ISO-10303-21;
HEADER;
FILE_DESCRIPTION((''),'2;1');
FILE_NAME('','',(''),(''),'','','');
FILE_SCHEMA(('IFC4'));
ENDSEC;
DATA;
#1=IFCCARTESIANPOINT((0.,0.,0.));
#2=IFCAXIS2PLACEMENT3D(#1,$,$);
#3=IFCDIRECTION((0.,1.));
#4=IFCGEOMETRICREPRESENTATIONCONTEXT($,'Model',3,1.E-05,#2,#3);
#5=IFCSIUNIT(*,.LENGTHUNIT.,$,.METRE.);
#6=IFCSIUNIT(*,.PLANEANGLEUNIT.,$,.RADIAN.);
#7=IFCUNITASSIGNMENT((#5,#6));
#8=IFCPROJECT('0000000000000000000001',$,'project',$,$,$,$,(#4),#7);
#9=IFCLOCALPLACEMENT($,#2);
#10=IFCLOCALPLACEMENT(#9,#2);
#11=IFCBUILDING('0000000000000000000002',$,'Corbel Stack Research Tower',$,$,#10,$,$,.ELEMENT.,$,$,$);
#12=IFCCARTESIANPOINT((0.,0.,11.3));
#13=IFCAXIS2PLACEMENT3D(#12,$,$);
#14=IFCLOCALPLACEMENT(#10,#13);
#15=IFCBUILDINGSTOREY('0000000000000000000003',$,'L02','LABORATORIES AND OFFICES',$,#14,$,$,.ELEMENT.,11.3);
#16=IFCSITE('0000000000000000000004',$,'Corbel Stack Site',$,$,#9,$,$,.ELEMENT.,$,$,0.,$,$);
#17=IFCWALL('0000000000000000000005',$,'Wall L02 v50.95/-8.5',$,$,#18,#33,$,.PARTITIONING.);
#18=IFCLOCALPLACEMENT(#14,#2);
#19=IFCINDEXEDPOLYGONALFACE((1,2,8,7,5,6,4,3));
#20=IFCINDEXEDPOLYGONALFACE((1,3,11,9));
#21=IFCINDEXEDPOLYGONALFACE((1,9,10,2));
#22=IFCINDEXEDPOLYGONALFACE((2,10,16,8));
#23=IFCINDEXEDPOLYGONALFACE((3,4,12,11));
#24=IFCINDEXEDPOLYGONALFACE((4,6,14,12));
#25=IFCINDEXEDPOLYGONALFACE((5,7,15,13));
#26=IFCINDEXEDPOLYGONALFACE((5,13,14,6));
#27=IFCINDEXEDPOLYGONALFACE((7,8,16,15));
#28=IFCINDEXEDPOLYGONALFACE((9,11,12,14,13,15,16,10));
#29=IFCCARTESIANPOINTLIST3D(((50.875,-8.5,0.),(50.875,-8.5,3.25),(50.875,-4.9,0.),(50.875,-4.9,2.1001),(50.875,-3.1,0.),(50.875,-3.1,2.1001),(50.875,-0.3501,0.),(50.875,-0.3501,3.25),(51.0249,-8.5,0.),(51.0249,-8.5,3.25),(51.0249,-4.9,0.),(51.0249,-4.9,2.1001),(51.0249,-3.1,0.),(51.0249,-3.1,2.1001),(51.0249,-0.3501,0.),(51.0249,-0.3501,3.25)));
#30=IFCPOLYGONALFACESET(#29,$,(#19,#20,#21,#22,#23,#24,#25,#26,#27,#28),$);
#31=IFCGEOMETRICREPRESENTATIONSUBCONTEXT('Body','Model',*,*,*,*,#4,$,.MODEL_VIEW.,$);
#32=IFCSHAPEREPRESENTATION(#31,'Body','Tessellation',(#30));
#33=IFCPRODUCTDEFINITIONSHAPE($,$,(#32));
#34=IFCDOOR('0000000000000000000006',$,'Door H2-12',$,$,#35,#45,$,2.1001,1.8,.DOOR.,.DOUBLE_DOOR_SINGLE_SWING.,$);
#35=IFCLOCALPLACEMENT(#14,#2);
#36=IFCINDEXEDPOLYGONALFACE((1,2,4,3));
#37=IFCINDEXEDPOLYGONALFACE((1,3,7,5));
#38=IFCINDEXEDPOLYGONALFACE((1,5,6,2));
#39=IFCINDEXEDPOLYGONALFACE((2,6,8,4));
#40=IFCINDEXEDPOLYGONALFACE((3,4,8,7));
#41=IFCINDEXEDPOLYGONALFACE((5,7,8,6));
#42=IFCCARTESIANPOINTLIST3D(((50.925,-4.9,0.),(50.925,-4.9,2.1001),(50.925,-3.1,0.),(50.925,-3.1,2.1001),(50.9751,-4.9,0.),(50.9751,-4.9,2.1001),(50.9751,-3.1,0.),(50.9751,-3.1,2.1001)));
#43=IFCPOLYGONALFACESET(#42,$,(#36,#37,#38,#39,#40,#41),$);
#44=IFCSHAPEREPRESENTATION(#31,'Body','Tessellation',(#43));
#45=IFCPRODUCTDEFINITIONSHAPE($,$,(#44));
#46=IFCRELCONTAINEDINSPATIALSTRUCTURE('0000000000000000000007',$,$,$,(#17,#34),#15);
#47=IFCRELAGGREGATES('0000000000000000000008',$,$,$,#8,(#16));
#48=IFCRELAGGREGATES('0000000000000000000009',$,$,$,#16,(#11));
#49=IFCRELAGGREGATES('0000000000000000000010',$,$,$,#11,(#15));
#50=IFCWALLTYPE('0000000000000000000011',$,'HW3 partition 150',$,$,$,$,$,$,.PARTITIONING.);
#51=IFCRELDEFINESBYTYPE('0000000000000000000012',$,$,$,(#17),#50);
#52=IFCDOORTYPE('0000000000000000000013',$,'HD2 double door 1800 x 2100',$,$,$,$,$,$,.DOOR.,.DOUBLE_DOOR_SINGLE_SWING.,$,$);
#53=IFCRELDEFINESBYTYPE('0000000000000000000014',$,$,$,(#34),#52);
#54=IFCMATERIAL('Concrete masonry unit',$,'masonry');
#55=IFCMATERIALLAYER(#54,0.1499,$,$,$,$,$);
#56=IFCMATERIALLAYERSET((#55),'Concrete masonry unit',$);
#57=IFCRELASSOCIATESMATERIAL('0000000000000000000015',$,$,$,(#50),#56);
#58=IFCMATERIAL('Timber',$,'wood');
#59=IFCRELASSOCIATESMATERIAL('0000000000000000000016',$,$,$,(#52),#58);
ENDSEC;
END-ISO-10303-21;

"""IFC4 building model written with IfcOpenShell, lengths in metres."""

from ifc_helpers import new_model, si_unit, direction, frame, frame_2d, origin, place, context, subcontext, project, spatial, rectangle, extrude, material, layer, layer_set, type_object, element, fill, save


model = new_model("IFC4")

# Units and contexts
model_context = context("Model", 3, precision=1e-05, world=origin(), true_north=direction((0.0, 1.0)))
body_context = subcontext(model_context, "Body", "Model", "MODEL_VIEW")
ifc_project = project(units=[si_unit("LENGTHUNIT", "METRE"), si_unit("PLANEANGLEUNIT", "RADIAN")], contexts=[model_context])

# Site, building, storey
site_placement = place(None, origin())
site = spatial("IfcSite", under=ifc_project, at=site_placement, Name="Corbel Stack Site", CompositionType="ELEMENT", RefElevation=0.0)
building_placement = place(site_placement, origin())
building = spatial("IfcBuilding", under=site, at=building_placement, Name="Corbel Stack Research Tower", CompositionType="ELEMENT")
storey_placement = place(building_placement, frame((0.0, 0.0, 11.3)))
storey = spatial("IfcBuildingStorey", under=building, at=storey_placement, Name="L02", Description="LABORATORIES AND OFFICES", CompositionType="ELEMENT", Elevation=11.3)

# Shared definitions
ifc_material_1 = material(Name="Concrete masonry unit", Category="masonry")
ifc_layer_1 = layer(ifc_material_1, 0.1499)
ifc_layer_set_1 = layer_set([ifc_layer_1], Name="Concrete masonry unit")
wall_type_1 = type_object("IfcWallType", Name="HW3 partition 150", PredefinedType="PARTITIONING", material=ifc_layer_set_1)

# Wall, opening, door
ifc_material_2 = material(Name="Timber", Category="wood")
door_type_1 = type_object("IfcDoorType", Name="HD2 double door 1800 x 2100", OperationType="DOUBLE_DOOR_SINGLE_SWING", PredefinedType="DOOR", material=ifc_material_2)
wall_1_placement = place(storey_placement, frame((50.95, -8.5, 0.0), z_axis=(0.0, 0.0, 1.0), x_axis=(0.0, 1.0, 0.0)))
wall_1 = element("IfcWall", 1, at=wall_1_placement, inside=storey, type_object=wall_type_1, Name="Wall L02 v50.95/-8.5", PredefinedType="PARTITIONING", context=body_context, shape_type="SweptSolid", body=[
    extrude(rectangle(XDim=8.1499, YDim=0.1499, at=frame_2d((4.075, 0.0))), origin(), (0.0, 0.0, 1.0), 3.25),
])
opening_1_placement = place(wall_1_placement, frame((3.6001, 0.0, 0.0)))
opening_1 = element("IfcOpeningElement", 2, at=opening_1_placement, cuts=wall_1, PredefinedType="OPENING", context=body_context, shape_type="SweptSolid", body=[
    extrude(rectangle(XDim=1.8, YDim=2.1001, at=frame_2d((0.8999, 1.05))), frame((0.0, 0.085, 0.0), z_axis=(0.0, -1.0, 0.0), x_axis=(1.0, 0.0, 0.0)), (0.0, 0.0, 1.0), 0.1699),
])
door_1_placement = place(opening_1_placement, origin())
door_1 = element("IfcDoor", 3, at=door_1_placement, inside=storey, type_object=door_type_1, Name="Door H2-12", OperationType="DOUBLE_DOOR_SINGLE_SWING", OverallHeight=2.1001, OverallWidth=1.8, PredefinedType="DOOR", context=body_context, shape_type="SweptSolid", body=[
    extrude(rectangle(XDim=1.8, YDim=2.1001, at=frame_2d((0.8999, 1.05))), frame((0.0, 0.0249, 0.0), z_axis=(0.0, -1.0, 0.0), x_axis=(1.0, 0.0, 0.0)), (0.0, 0.0, 1.0), 0.05),
])
fill(opening_1, door_1)

save(model, "model.ifc")
